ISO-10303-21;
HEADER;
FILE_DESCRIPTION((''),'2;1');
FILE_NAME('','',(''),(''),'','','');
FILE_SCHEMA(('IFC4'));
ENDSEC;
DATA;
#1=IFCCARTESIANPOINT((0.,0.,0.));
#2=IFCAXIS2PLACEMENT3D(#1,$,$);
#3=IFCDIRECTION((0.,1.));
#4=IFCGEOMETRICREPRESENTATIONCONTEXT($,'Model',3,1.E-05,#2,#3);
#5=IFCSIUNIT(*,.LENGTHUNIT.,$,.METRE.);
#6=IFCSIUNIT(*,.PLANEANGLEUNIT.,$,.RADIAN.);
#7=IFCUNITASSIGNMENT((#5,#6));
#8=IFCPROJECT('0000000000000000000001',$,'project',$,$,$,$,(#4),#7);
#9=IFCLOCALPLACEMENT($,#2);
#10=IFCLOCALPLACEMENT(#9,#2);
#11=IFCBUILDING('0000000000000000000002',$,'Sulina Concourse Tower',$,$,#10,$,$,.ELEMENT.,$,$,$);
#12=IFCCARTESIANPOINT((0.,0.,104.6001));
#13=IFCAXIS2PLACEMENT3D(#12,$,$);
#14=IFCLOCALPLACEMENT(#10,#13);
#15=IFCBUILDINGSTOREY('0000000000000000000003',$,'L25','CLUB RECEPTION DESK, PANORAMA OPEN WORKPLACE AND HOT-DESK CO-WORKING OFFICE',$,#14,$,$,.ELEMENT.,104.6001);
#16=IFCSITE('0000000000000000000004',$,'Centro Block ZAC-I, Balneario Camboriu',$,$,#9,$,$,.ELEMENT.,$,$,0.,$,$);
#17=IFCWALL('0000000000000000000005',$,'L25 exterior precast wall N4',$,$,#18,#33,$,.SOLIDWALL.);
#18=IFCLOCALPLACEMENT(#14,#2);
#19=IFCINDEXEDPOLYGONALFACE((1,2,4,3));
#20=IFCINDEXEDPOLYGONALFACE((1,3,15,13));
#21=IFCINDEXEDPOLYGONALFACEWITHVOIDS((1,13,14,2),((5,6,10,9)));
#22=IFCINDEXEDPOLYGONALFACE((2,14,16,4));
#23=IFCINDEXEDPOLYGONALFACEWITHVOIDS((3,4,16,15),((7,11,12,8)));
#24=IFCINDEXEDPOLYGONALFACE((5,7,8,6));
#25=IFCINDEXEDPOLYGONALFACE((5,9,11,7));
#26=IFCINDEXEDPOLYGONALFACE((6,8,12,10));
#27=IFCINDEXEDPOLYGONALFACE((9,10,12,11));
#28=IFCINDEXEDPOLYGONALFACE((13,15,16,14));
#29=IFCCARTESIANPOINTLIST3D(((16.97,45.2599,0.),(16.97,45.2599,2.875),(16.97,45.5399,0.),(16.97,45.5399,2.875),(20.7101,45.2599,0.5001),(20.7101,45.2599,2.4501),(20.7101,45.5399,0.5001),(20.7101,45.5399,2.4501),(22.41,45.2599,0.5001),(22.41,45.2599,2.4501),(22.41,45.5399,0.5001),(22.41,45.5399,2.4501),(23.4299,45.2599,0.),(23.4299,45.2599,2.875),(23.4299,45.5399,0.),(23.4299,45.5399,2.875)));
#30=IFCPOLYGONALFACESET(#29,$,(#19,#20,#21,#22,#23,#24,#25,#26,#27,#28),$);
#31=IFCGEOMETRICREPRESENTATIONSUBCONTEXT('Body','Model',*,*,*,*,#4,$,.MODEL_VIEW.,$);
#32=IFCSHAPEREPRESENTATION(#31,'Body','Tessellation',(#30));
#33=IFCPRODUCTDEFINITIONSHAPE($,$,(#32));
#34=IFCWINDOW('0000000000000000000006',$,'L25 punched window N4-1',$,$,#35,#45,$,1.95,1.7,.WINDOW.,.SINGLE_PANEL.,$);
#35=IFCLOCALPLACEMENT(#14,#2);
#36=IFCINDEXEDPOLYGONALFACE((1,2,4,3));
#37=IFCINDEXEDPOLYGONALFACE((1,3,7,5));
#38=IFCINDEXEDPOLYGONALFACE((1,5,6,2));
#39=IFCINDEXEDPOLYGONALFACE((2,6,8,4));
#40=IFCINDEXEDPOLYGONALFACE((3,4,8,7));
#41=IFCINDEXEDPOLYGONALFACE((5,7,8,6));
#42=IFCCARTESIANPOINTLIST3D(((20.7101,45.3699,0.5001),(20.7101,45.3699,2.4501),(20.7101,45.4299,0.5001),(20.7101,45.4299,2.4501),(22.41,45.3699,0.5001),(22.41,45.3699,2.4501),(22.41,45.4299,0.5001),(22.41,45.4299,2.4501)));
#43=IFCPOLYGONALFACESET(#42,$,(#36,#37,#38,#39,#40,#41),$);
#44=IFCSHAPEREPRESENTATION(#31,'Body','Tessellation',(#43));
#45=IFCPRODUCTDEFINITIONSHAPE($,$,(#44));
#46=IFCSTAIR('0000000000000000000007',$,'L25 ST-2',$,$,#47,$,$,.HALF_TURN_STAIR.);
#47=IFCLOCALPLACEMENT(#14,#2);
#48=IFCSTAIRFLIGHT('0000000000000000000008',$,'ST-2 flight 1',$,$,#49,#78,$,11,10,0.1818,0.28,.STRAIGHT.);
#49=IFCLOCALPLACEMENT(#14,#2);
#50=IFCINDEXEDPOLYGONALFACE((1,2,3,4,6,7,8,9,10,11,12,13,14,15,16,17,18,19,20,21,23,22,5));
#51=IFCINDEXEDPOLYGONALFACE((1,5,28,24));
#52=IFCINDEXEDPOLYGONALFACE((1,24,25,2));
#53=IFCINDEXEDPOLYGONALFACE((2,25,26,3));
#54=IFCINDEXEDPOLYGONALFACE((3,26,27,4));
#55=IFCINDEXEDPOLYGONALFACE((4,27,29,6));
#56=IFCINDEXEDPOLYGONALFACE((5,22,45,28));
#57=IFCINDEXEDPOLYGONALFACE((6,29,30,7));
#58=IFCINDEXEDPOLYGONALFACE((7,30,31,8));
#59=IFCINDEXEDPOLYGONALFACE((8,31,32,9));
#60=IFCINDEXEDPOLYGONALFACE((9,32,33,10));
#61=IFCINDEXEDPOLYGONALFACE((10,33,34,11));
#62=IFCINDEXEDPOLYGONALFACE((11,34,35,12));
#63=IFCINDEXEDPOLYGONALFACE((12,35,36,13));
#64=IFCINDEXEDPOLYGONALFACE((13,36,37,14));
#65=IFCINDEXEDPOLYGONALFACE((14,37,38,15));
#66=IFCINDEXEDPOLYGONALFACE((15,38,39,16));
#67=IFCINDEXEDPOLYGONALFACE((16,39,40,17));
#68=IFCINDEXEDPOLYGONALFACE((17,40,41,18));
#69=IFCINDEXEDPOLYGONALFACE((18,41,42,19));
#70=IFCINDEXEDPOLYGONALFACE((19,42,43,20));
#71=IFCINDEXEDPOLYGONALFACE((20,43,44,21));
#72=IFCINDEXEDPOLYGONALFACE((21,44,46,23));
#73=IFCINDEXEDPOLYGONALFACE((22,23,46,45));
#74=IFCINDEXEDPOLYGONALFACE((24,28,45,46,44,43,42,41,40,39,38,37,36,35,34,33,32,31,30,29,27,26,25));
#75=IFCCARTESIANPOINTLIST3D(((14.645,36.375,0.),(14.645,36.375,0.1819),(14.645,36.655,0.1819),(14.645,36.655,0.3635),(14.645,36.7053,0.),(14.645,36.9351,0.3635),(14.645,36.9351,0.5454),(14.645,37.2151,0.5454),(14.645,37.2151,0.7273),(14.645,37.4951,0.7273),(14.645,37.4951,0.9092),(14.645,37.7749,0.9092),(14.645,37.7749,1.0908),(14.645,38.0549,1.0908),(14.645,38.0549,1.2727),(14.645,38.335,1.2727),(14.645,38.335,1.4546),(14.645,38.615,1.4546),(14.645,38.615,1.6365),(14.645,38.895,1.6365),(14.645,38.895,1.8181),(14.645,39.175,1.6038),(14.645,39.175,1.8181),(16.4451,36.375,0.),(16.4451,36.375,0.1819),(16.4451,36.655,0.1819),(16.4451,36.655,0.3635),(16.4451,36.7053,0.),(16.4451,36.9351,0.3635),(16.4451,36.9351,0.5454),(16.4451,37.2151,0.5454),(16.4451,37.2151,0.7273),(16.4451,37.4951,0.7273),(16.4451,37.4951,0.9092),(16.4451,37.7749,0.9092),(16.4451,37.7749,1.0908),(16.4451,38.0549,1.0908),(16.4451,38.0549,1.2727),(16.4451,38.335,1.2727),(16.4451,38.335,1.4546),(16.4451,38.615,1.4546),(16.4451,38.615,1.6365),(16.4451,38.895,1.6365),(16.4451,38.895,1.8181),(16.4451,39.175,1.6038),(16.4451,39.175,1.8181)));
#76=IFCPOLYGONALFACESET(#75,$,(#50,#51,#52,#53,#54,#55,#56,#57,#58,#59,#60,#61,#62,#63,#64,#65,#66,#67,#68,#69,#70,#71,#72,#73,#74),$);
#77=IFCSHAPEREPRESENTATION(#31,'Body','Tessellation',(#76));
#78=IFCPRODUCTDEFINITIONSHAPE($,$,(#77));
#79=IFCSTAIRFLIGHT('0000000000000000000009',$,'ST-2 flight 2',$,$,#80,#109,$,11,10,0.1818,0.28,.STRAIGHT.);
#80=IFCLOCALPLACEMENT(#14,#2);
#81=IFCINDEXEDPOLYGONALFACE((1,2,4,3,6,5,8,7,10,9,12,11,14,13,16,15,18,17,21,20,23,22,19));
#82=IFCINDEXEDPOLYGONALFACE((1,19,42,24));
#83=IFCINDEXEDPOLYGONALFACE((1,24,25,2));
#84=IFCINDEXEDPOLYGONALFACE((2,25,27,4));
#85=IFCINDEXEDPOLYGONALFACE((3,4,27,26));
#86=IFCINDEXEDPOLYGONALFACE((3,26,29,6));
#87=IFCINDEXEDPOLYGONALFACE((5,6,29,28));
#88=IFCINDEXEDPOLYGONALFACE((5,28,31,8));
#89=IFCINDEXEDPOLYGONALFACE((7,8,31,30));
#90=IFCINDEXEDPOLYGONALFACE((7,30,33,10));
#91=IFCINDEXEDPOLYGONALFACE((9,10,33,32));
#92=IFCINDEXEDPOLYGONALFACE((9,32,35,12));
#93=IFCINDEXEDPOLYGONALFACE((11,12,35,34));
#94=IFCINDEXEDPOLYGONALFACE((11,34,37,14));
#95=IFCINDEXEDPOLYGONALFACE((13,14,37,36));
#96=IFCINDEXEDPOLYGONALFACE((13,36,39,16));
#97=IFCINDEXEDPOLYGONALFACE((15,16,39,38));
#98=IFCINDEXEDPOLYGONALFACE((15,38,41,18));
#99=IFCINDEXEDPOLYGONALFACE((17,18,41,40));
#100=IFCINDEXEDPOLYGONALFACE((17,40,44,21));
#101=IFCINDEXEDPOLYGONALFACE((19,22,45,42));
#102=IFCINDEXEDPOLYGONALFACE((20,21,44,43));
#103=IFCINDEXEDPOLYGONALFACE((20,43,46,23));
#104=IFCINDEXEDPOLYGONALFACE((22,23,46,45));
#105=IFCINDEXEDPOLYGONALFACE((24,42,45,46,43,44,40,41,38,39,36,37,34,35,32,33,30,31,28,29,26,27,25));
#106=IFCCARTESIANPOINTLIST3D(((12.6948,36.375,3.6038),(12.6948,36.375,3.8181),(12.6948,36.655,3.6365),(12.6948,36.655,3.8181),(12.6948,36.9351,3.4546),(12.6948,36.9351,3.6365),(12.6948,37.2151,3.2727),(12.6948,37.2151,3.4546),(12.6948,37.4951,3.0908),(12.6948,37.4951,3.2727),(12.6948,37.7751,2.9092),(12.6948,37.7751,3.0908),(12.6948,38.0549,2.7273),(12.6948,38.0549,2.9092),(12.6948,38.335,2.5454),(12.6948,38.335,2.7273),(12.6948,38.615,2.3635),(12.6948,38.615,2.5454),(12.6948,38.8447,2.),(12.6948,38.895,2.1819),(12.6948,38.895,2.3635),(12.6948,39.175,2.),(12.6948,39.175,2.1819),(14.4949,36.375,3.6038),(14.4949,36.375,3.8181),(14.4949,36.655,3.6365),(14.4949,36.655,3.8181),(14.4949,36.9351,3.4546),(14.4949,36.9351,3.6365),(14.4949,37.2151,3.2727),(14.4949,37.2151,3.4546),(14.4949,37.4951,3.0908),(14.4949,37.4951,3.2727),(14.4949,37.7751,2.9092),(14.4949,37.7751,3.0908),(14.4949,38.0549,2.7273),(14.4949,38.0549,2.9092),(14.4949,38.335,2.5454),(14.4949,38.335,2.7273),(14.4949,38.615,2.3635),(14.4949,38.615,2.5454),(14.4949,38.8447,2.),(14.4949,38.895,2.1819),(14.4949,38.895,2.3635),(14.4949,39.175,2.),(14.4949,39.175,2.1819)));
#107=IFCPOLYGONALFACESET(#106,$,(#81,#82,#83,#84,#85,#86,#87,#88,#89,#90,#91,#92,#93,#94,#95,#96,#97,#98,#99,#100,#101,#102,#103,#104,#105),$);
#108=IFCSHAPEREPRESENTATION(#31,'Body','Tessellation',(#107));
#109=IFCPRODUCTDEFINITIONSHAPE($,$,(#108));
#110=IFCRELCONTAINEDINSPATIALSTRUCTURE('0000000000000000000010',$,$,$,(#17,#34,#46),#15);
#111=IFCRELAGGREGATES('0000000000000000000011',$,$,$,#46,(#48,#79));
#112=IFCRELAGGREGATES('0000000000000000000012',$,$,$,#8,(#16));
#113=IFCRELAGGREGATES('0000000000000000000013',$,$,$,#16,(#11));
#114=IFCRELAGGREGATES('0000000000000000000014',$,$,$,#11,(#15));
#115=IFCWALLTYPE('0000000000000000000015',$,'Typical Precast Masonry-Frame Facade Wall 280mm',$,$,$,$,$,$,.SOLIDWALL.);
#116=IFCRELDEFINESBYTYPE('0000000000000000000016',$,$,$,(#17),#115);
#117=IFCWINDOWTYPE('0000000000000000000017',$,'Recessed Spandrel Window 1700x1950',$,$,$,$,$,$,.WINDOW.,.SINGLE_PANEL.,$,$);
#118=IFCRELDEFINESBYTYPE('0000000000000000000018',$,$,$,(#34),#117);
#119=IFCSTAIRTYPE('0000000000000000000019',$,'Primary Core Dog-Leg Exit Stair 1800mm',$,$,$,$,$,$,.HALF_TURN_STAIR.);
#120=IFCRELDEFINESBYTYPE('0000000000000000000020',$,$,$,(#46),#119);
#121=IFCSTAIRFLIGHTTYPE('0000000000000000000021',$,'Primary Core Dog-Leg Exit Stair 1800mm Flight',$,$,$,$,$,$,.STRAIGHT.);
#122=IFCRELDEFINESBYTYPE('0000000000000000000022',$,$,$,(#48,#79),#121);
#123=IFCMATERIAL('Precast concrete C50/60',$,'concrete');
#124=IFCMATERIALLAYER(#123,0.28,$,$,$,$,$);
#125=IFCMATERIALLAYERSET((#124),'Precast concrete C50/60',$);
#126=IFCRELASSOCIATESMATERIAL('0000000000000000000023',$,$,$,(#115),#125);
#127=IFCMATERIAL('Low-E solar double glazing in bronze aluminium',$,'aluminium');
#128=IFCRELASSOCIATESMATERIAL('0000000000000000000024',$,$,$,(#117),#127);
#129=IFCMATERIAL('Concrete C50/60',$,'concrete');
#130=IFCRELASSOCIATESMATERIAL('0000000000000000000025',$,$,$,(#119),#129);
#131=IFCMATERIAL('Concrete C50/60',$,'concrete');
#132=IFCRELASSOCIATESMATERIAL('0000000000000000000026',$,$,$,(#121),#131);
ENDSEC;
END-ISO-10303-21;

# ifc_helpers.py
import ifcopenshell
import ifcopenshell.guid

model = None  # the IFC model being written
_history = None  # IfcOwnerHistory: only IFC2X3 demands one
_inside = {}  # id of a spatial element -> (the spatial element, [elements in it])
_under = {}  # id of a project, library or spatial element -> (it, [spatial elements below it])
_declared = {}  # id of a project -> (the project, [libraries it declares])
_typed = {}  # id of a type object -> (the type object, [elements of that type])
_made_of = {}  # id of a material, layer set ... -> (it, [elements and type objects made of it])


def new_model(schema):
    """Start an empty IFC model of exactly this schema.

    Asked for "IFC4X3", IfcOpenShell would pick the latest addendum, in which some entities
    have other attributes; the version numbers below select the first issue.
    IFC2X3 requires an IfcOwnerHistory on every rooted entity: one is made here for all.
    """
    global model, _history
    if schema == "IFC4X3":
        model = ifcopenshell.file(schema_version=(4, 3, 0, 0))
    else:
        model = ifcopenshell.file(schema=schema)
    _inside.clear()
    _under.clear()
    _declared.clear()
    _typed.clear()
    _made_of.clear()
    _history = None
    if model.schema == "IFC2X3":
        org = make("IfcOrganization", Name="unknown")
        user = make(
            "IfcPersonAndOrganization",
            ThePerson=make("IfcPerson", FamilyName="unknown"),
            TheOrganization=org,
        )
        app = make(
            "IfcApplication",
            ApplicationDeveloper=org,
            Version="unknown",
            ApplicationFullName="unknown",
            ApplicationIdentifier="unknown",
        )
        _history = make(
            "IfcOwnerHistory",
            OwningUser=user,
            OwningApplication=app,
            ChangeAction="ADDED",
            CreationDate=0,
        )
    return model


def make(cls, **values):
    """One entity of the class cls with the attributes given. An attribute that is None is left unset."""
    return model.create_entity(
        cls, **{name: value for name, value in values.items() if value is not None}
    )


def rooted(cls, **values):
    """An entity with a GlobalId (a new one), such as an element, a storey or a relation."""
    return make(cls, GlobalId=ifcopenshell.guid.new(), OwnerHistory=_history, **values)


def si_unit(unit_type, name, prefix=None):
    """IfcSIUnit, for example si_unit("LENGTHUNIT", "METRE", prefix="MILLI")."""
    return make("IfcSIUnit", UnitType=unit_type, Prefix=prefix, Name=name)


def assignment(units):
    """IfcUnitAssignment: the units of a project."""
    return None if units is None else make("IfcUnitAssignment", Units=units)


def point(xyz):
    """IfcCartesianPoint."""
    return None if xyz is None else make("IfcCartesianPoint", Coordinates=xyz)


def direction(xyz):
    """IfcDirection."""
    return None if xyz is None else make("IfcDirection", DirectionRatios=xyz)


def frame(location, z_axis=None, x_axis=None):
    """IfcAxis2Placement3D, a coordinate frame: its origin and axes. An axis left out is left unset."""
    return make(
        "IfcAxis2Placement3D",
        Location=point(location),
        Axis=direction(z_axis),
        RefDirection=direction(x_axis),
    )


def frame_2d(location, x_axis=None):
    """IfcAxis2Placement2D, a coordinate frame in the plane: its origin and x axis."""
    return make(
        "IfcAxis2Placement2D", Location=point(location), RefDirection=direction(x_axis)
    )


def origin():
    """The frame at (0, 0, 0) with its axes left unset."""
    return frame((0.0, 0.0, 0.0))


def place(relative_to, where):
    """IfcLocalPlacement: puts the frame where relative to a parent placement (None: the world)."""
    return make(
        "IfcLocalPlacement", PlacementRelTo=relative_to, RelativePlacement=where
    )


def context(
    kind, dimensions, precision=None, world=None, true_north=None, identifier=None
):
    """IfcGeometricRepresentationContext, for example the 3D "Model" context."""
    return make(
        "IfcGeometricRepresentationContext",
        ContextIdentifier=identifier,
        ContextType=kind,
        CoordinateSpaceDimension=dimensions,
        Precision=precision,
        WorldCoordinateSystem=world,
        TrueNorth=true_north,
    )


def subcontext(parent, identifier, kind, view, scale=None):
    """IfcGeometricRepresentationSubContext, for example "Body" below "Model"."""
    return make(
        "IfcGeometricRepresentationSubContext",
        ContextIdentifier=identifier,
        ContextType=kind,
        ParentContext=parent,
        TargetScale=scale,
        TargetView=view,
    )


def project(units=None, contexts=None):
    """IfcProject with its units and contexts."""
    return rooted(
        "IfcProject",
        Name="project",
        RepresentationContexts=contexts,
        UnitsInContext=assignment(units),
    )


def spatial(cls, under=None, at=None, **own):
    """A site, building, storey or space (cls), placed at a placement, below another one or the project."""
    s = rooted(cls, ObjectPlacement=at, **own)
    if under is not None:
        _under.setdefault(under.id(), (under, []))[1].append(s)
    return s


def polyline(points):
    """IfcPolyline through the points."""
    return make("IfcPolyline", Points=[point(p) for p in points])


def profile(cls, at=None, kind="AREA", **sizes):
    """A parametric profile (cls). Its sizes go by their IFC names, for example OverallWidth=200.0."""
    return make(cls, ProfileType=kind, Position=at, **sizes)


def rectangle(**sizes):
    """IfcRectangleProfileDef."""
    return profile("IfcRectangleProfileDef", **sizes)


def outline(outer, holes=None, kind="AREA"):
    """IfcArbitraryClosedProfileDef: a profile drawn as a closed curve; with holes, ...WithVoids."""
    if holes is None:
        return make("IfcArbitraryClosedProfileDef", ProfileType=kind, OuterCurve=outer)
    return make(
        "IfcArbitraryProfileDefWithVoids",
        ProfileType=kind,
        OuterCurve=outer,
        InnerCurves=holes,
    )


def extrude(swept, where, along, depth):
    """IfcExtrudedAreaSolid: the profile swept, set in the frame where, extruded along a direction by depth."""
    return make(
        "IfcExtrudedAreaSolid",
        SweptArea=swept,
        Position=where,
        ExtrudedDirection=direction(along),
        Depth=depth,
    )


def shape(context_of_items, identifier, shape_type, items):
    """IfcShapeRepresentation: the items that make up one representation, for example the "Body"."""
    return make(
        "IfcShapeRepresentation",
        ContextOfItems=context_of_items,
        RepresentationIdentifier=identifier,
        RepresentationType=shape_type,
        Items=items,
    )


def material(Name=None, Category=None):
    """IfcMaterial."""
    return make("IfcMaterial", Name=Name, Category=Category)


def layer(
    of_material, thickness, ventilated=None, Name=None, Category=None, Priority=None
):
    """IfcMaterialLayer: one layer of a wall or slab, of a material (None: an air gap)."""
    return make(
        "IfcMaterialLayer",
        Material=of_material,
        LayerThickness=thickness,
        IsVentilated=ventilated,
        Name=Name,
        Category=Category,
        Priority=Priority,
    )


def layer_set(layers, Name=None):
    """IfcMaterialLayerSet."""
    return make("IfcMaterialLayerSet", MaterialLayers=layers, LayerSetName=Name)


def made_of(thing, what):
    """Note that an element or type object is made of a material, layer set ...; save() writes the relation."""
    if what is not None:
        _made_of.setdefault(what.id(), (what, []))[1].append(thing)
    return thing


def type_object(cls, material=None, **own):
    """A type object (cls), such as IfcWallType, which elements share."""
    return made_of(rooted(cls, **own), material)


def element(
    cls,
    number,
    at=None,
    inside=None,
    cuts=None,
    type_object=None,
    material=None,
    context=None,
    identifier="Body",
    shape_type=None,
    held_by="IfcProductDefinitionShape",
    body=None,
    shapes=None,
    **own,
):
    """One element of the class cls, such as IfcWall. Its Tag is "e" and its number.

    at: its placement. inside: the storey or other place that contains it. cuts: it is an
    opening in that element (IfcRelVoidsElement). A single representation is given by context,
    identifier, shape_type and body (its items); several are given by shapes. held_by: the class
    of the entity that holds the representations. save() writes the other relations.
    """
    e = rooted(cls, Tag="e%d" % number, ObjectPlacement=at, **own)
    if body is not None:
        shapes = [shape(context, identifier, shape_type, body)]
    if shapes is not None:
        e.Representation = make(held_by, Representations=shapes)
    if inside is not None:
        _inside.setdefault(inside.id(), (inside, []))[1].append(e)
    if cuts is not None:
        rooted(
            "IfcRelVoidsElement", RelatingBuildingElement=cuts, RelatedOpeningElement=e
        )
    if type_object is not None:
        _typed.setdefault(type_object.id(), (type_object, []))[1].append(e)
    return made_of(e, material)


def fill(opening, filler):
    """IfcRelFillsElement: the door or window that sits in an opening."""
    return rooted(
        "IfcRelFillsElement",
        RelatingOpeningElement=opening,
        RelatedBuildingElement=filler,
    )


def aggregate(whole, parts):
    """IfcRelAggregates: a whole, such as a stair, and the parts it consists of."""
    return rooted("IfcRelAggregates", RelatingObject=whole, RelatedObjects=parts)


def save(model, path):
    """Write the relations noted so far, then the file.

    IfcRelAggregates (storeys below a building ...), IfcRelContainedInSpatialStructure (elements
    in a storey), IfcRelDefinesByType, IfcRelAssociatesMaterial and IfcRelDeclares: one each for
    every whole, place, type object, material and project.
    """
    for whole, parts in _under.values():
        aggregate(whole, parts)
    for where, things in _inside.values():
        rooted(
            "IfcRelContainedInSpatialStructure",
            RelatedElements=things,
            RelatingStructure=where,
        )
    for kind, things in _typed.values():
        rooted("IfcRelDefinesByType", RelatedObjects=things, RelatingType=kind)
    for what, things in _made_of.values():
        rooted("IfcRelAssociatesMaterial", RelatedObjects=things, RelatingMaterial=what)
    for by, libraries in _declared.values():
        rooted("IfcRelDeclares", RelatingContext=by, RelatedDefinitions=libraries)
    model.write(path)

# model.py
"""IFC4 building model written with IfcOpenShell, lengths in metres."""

from ifc_helpers import new_model, si_unit, direction, frame, frame_2d, origin, place, context, subcontext, project, spatial, polyline, rectangle, outline, extrude, material, layer, layer_set, type_object, element, fill, aggregate, save


model = new_model("IFC4")

# Units and contexts
model_context = context("Model", 3, precision=1e-05, world=origin(), true_north=direction((0.0, 1.0)))
body_context = subcontext(model_context, "Body", "Model", "MODEL_VIEW")
ifc_project = project(units=[si_unit("LENGTHUNIT", "METRE"), si_unit("PLANEANGLEUNIT", "RADIAN")], contexts=[model_context])

# Site, building, storey
site_placement = place(None, origin())
site = spatial("IfcSite", under=ifc_project, at=site_placement, Name="Centro Block ZAC-I, Balneario Camboriu", CompositionType="ELEMENT", RefElevation=0.0)
building_placement = place(site_placement, origin())
building = spatial("IfcBuilding", under=site, at=building_placement, Name="Sulina Concourse Tower", CompositionType="ELEMENT")
storey_placement = place(building_placement, frame((0.0, 0.0, 104.6001)))
storey = spatial("IfcBuildingStorey", under=building, at=storey_placement, Name="L25", Description="CLUB RECEPTION DESK, PANORAMA OPEN WORKPLACE AND HOT-DESK CO-WORKING OFFICE", CompositionType="ELEMENT", Elevation=104.6001)

# Shared definitions
ifc_material_1 = material(Name="Precast concrete C50/60", Category="concrete")
ifc_layer_1 = layer(ifc_material_1, 0.28)
ifc_layer_set_1 = layer_set([ifc_layer_1], Name="Precast concrete C50/60")
wall_type_1 = type_object("IfcWallType", Name="Typical Precast Masonry-Frame Facade Wall 280mm", PredefinedType="SOLIDWALL", material=ifc_layer_set_1)

# Wall, opening, window
wall_1_placement = place(storey_placement, frame((16.97, 45.3999, 0.0), z_axis=(0.0, 0.0, 1.0), x_axis=(1.0, 0.0, 0.0)))
wall_1 = element("IfcWall", 1, at=wall_1_placement, inside=storey, type_object=wall_type_1, Name="L25 exterior precast wall N4", PredefinedType="SOLIDWALL", context=body_context, shape_type="SweptSolid", body=[
    extrude(rectangle(XDim=6.46, YDim=0.28, at=frame_2d((3.23, 0.0))), origin(), (0.0, 0.0, 1.0), 2.875),
])
opening_1_placement = place(wall_1_placement, frame((3.74, 0.0, 0.5)))
opening_1 = element("IfcOpeningElement", 2, at=opening_1_placement, cuts=wall_1, PredefinedType="OPENING", context=body_context, shape_type="SweptSolid", body=[
    extrude(rectangle(XDim=1.7, YDim=1.95, at=frame_2d((0.8501, 0.9751))), frame((0.0, 0.1499, 0.0), z_axis=(0.0, -1.0, 0.0), x_axis=(1.0, 0.0, 0.0)), (0.0, 0.0, 1.0), 0.3),
])
ifc_material_2 = material(Name="Low-E solar double glazing in bronze aluminium", Category="aluminium")
window_type = type_object("IfcWindowType", Name="Recessed Spandrel Window 1700x1950", PartitioningType="SINGLE_PANEL", PredefinedType="WINDOW", material=ifc_material_2)
window_placement = place(opening_1_placement, origin())
window = element("IfcWindow", 3, at=window_placement, inside=storey, type_object=window_type, Name="L25 punched window N4-1", OverallHeight=1.95, OverallWidth=1.7, PartitioningType="SINGLE_PANEL", PredefinedType="WINDOW", context=body_context, shape_type="SweptSolid", body=[
    extrude(rectangle(XDim=1.7, YDim=1.95, at=frame_2d((0.8501, 0.9751))), frame((0.0, 0.03, 0.0), z_axis=(0.0, -1.0, 0.0), x_axis=(1.0, 0.0, 0.0)), (0.0, 0.0, 1.0), 0.0601),
])
fill(opening_1, window)

# Stair, stair flights
ifc_material_3 = material(Name="Concrete C50/60", Category="concrete")
stair_type = type_object("IfcStairType", Name="Primary Core Dog-Leg Exit Stair 1800mm", PredefinedType="HALF_TURN_STAIR", material=ifc_material_3)
stair_placement = place(storey_placement, origin())
stair = element("IfcStair", 4, at=stair_placement, inside=storey, type_object=stair_type, Name="L25 ST-2", PredefinedType="HALF_TURN_STAIR")
ifc_material_4 = material(Name="Concrete C50/60", Category="concrete")
stair_flight_type = type_object("IfcStairFlightType", Name="Primary Core Dog-Leg Exit Stair 1800mm Flight", PredefinedType="STRAIGHT", material=ifc_material_4)
stair_flight_1_placement = place(storey_placement, frame((15.5449, 36.375, 0.0), z_axis=(0.0, 0.0, 1.0), x_axis=(0.0, 1.0, 0.0)))
stair_flight_1 = element("IfcStairFlight", 5, at=stair_flight_1_placement, type_object=stair_flight_type, Name="ST-2 flight 1", NumberOfRisers=11, NumberOfTreads=10, PredefinedType="STRAIGHT", RiserHeight=0.1818, TreadLength=0.28, context=body_context, shape_type="SweptSolid", body=[
    extrude(outline(polyline([(0.0, 0.0), (0.0, 0.1819), (0.28, 0.1819), (0.28, 0.3635), (0.5601, 0.3635), (0.5601, 0.5454), (0.8401, 0.5454), (0.8401, 0.7273), (1.1201, 0.7273), (1.1201, 0.9092), (1.3999, 0.9092), (1.3999, 1.0908), (1.6799, 1.0908), (1.6799, 1.2727), (1.96, 1.2727), (1.96, 1.4546), (2.24, 1.4546), (2.24, 1.6365), (2.52, 1.6365), (2.52, 1.8181), (2.8, 1.8181), (2.8, 2.0), (2.8, 1.6038), (0.3303, 0.0), (0.0, 0.0)])), frame((0.0, 0.8999, 0.0), z_axis=(0.0, -1.0, 0.0), x_axis=(1.0, 0.0, 0.0)), (0.0, 0.0, 1.0), 1.8),
])
stair_flight_2_placement = place(storey_placement, frame((13.595, 39.175, 2.0), z_axis=(0.0, 0.0, 1.0), x_axis=(0.0, -1.0, 0.0)))
stair_flight_2 = element("IfcStairFlight", 6, at=stair_flight_2_placement, type_object=stair_flight_type, Name="ST-2 flight 2", NumberOfRisers=11, NumberOfTreads=10, PredefinedType="STRAIGHT", RiserHeight=0.1818, TreadLength=0.28, context=body_context, shape_type="SweptSolid", body=[
    extrude(outline(polyline([(0.0, 0.0), (0.0, 0.1819), (0.28, 0.1819), (0.28, 0.3635), (0.5601, 0.3635), (0.5601, 0.5454), (0.8401, 0.5454), (0.8401, 0.7273), (1.1201, 0.7273), (1.1201, 0.9092), (1.3999, 0.9092), (1.3999, 1.0908), (1.6799, 1.0908), (1.6799, 1.2727), (1.96, 1.2727), (1.96, 1.4546), (2.24, 1.4546), (2.24, 1.6365), (2.52, 1.6365), (2.52, 1.8181), (2.8, 1.8181), (2.8, 2.0), (2.8, 1.6038), (0.3303, 0.0), (0.0, 0.0)])), frame((0.0, 0.8999, 0.0), z_axis=(0.0, -1.0, 0.0), x_axis=(1.0, 0.0, 0.0)), (0.0, 0.0, 1.0), 1.8),
])
aggregate(stair, [stair_flight_1, stair_flight_2])

save(model, "model.ifc")
